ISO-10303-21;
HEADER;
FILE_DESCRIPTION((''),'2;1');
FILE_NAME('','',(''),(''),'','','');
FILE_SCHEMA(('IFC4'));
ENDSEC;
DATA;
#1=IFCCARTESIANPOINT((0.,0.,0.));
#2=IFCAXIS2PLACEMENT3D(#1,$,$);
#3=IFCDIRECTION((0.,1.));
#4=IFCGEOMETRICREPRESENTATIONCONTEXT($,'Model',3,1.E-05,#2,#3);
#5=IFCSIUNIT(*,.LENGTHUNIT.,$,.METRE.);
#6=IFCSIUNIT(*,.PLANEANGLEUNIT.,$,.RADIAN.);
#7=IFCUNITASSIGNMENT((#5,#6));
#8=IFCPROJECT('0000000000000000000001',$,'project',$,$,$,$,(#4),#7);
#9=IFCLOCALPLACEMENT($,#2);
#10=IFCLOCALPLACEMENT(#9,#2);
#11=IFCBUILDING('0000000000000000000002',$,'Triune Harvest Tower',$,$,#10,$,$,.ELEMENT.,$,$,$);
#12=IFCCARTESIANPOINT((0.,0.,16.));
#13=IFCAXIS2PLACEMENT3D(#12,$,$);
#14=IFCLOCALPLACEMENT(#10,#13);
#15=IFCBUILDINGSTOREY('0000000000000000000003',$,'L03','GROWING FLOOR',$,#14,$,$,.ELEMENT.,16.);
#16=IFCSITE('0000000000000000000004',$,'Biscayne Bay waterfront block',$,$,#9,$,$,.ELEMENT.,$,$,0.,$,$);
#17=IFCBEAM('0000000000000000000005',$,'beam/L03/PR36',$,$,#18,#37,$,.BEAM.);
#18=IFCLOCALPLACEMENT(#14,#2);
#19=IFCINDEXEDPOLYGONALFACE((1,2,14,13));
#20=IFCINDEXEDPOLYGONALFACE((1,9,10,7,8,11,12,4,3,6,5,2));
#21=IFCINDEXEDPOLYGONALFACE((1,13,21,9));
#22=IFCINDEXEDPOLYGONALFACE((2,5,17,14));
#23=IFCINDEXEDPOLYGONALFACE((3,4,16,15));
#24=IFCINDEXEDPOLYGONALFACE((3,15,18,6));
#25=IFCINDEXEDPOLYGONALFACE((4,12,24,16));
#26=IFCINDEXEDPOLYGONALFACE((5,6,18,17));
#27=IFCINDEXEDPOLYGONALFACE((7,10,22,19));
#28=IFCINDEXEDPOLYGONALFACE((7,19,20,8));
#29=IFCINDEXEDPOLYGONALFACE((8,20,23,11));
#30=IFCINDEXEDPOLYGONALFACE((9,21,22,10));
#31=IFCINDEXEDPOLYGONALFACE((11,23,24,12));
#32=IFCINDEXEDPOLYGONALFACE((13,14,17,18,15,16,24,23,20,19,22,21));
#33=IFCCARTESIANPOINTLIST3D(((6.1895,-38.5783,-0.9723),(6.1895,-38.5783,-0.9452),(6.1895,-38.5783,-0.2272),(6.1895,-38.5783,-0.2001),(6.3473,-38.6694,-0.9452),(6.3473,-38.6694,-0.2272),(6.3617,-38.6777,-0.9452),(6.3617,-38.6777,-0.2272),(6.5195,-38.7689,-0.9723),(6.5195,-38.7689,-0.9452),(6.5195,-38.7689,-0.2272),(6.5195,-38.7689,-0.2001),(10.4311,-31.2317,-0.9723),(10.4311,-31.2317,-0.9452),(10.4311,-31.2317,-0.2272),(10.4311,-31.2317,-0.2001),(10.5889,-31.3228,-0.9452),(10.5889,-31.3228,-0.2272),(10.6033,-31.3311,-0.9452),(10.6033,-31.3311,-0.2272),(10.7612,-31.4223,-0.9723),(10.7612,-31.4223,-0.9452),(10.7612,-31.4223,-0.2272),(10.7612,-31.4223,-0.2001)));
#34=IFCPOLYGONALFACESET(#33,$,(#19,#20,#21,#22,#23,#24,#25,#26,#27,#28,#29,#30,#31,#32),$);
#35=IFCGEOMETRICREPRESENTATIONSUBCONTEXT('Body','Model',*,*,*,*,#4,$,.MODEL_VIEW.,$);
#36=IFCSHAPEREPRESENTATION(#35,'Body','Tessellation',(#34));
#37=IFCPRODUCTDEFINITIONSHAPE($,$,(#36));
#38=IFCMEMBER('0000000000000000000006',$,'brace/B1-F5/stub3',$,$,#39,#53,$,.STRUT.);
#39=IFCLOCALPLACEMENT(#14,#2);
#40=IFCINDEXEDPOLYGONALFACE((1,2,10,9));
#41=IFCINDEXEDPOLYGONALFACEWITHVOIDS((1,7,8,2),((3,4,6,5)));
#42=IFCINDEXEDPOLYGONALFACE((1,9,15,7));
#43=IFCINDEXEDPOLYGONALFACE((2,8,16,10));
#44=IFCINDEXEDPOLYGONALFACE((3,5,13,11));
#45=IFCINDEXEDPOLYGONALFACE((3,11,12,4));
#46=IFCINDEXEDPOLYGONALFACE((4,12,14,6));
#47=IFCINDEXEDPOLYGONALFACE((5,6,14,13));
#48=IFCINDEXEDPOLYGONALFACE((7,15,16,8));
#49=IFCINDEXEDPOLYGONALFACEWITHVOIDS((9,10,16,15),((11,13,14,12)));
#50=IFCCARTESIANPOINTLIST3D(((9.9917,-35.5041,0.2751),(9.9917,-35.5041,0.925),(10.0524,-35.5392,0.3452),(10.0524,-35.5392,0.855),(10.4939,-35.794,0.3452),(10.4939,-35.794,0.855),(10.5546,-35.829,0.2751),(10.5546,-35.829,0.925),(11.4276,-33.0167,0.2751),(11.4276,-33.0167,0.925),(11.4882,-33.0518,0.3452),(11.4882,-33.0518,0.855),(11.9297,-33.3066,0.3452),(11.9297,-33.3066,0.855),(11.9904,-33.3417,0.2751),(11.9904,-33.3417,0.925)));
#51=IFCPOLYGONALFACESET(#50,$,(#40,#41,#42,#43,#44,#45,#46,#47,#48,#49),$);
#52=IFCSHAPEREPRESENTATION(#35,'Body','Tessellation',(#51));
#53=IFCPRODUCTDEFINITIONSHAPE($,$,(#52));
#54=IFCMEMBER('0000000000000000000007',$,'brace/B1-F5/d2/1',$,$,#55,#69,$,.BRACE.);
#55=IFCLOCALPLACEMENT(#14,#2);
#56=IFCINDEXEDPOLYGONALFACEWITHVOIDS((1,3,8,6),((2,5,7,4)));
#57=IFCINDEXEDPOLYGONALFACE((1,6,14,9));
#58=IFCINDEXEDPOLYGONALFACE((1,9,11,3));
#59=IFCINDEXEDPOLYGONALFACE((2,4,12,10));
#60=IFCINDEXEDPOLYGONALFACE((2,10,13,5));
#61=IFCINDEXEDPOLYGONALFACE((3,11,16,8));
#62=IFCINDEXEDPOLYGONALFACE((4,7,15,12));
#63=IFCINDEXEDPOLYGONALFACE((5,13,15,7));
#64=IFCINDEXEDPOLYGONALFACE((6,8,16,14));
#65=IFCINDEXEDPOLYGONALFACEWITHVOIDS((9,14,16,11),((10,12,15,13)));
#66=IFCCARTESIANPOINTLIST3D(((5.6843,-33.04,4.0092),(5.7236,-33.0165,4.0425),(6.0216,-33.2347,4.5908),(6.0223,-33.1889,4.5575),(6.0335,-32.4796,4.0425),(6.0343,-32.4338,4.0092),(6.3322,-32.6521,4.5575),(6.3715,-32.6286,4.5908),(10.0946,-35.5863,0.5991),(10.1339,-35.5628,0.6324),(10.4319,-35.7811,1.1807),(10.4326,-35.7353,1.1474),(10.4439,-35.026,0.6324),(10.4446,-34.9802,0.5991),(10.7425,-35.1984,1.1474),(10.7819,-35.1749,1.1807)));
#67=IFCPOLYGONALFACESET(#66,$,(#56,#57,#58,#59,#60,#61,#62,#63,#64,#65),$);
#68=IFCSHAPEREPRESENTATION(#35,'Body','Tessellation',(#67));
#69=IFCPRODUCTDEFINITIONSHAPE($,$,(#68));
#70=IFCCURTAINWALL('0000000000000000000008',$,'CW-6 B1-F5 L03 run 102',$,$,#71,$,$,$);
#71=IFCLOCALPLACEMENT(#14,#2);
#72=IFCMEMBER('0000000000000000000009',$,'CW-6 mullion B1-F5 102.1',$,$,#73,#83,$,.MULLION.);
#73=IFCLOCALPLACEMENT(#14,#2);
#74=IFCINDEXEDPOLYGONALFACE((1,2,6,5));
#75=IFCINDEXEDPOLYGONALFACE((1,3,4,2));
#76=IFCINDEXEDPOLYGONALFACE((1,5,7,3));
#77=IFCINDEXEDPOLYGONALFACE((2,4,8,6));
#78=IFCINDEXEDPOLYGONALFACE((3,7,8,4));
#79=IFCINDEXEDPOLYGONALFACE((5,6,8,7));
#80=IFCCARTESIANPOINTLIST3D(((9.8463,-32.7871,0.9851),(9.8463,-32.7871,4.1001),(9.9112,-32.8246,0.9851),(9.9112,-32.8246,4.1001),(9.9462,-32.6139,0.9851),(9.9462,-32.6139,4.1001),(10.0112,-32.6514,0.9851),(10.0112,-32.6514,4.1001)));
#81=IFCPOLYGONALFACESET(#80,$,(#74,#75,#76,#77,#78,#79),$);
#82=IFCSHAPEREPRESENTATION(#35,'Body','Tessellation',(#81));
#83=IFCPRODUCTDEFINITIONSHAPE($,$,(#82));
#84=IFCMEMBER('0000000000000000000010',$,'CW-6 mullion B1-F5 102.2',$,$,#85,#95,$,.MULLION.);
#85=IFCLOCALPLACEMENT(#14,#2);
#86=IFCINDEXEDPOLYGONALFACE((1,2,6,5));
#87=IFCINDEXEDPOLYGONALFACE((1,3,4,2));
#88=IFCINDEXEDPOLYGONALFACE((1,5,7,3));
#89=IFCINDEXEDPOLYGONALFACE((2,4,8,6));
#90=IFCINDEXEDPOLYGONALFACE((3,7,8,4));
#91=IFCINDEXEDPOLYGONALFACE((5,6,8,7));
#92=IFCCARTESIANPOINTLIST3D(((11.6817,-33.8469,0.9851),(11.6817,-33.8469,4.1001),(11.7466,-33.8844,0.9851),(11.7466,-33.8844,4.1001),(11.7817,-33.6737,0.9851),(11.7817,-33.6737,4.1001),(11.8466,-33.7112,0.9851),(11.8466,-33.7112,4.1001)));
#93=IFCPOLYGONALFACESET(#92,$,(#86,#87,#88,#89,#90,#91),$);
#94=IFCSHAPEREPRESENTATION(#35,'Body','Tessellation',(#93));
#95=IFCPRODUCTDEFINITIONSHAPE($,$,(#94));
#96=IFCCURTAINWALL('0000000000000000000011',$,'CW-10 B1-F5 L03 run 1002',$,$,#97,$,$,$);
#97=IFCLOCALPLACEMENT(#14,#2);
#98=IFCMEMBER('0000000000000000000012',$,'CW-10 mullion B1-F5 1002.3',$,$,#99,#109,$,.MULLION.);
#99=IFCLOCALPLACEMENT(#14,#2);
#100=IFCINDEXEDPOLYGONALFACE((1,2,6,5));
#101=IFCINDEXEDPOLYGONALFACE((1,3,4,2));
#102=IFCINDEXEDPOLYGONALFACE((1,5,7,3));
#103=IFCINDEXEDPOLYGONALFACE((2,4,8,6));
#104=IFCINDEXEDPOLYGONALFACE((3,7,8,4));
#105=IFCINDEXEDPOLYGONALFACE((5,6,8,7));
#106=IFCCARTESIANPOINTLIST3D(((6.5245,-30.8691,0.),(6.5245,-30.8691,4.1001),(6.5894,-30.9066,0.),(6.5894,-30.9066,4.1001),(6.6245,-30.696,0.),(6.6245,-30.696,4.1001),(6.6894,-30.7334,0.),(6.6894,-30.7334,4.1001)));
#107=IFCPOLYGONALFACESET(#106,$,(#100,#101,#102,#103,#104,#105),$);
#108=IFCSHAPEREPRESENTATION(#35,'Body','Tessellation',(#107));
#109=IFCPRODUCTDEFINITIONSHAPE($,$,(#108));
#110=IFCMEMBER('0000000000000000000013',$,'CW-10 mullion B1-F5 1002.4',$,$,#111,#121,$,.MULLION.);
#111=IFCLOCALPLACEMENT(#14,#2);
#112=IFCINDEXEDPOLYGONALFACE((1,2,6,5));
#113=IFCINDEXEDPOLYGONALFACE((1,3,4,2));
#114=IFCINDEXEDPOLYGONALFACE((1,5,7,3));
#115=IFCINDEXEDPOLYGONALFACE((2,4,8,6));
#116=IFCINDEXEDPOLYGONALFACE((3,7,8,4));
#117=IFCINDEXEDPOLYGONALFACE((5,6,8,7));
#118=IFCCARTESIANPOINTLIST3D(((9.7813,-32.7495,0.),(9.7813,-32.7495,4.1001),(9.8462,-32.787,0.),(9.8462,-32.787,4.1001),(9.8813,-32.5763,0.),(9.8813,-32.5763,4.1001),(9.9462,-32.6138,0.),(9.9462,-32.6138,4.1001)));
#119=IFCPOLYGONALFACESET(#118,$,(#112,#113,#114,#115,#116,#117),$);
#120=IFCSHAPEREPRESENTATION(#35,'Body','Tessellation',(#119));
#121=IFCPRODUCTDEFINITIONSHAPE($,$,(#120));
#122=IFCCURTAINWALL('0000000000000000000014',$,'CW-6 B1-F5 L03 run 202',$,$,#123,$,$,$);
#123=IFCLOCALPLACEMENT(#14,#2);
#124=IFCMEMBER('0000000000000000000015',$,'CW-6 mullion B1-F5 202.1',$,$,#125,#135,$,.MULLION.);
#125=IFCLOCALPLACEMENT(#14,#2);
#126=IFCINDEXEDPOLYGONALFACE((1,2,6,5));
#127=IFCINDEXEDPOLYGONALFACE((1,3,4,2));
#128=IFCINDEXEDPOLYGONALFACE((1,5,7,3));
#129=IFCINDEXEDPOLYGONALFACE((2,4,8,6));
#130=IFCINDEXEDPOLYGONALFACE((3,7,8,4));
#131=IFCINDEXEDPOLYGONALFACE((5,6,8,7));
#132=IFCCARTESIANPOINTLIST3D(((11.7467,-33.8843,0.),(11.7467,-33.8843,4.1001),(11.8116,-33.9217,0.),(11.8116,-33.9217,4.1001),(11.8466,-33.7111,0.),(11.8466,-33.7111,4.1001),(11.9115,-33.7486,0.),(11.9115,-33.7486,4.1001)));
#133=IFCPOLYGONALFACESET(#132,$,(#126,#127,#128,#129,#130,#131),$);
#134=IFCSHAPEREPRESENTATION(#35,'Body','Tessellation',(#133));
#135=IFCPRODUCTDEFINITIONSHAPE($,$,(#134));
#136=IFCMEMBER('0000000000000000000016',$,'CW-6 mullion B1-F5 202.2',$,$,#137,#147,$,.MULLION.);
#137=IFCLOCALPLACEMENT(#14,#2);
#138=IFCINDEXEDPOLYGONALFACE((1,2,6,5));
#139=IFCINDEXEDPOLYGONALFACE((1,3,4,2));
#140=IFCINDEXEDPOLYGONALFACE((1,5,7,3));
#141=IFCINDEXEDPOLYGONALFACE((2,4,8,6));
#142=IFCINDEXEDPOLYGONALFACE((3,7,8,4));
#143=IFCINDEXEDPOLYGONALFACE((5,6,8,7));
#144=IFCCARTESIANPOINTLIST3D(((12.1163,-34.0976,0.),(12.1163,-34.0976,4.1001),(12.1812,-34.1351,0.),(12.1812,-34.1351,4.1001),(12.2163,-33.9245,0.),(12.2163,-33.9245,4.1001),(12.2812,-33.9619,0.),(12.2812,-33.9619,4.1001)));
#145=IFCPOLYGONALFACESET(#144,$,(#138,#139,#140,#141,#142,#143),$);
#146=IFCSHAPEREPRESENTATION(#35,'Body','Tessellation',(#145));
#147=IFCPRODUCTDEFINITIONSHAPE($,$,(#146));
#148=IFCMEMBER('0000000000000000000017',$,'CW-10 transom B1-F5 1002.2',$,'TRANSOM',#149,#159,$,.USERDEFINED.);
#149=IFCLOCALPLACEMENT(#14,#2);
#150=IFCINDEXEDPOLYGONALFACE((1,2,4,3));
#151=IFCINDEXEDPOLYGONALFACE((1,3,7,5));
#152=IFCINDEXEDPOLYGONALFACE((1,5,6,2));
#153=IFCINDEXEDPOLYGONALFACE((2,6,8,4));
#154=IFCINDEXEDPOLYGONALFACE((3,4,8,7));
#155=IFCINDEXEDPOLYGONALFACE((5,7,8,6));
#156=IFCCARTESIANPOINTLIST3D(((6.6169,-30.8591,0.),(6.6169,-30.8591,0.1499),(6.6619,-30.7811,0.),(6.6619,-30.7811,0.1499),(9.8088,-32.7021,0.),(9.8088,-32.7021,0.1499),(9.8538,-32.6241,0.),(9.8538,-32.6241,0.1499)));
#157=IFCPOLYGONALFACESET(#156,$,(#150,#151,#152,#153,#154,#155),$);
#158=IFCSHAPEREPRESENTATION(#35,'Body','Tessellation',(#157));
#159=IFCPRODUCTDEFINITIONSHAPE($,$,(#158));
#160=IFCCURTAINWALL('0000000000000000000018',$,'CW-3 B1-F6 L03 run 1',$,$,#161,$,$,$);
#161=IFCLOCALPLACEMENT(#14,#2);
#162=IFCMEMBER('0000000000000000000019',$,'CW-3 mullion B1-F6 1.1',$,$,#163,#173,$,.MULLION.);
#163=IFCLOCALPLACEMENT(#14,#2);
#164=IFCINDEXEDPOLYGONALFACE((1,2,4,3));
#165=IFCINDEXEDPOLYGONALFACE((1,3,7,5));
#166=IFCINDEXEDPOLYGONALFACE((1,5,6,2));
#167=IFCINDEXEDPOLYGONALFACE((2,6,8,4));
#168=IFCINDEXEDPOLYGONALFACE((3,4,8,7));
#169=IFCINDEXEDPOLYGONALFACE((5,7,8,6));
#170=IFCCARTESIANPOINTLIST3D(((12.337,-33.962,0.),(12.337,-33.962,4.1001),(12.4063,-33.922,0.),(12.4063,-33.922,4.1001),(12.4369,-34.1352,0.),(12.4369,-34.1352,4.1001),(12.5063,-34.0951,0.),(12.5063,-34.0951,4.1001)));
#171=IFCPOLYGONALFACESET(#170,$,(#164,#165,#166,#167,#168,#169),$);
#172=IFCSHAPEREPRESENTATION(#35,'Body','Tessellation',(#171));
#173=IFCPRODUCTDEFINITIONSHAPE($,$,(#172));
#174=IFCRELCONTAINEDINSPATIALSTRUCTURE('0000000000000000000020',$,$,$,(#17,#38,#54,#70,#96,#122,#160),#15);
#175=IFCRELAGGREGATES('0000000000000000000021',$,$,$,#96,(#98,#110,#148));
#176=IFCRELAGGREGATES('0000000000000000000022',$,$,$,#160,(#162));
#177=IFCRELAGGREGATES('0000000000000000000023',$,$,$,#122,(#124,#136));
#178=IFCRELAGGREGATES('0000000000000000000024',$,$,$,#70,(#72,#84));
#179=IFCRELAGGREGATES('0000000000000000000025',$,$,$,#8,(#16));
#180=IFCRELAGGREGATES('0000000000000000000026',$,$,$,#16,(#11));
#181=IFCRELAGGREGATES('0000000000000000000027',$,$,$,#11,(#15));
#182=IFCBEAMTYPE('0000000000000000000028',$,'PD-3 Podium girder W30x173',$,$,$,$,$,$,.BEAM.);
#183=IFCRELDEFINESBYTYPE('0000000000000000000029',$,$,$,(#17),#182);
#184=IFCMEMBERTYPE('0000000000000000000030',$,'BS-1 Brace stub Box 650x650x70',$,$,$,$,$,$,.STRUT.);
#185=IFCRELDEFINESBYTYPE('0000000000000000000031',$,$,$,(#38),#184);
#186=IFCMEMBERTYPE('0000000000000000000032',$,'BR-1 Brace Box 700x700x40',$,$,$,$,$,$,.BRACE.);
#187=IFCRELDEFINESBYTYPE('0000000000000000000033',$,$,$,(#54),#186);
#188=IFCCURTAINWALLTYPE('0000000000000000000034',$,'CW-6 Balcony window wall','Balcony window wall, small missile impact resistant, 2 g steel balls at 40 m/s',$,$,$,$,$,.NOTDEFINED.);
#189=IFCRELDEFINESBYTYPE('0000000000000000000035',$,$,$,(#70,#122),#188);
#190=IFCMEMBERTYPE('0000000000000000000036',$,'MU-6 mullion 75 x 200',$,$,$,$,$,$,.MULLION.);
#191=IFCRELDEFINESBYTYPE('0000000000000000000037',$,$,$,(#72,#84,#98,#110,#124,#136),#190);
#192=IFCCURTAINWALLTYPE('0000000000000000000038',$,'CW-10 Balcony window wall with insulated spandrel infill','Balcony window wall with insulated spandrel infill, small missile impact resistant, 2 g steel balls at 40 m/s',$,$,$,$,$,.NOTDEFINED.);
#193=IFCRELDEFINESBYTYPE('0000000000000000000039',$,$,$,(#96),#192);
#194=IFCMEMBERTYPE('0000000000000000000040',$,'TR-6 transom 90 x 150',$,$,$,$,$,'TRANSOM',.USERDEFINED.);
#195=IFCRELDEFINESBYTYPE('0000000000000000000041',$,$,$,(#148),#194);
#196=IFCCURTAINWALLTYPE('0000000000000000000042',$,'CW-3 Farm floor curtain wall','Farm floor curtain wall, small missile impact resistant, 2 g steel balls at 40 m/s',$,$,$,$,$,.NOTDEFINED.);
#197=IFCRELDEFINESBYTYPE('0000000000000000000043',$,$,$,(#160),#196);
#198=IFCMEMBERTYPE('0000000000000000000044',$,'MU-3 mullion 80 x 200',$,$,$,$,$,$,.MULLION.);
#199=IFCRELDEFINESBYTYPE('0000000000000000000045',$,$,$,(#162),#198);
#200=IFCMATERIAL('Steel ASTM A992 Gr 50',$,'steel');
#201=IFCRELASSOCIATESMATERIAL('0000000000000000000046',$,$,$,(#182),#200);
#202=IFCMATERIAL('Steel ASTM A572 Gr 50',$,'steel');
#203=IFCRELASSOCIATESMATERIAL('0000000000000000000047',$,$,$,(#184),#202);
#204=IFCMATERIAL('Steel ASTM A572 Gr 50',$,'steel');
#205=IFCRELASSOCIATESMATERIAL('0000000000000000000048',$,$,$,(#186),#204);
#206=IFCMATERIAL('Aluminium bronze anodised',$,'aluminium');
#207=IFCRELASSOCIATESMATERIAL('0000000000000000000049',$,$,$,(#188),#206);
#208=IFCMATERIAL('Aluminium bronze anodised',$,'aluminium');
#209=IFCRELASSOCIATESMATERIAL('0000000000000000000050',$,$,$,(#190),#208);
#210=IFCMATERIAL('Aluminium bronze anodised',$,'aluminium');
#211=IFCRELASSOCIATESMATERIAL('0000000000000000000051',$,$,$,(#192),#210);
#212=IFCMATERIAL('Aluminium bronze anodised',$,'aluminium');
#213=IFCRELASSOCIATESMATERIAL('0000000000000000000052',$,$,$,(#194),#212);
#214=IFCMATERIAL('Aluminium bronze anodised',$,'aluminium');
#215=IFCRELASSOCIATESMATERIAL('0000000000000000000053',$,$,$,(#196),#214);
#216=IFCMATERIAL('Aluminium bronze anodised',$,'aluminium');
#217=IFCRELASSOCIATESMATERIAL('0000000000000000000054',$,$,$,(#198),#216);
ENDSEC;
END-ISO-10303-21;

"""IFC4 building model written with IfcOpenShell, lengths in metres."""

from ifc_helpers import new_model, si_unit, direction, frame, origin, origin_2d, place, context, subcontext, project, spatial, rectangle, hollow_rectangle, i_section, extrude, source, transform, mapped, material, material_profile, profile_set, type_object, element, aggregate, save


model = new_model("IFC4")

# Units and contexts
model_context = context("Model", 3, precision=1e-05, world=origin(), true_north=direction((0.0, 1.0)))
body_context = subcontext(model_context, "Body", "Model", "MODEL_VIEW")
ifc_project = project(units=[si_unit("LENGTHUNIT", "METRE"), si_unit("PLANEANGLEUNIT", "RADIAN")], contexts=[model_context])

# Site, building, storey
site_placement = place(None, origin())
site = spatial("IfcSite", under=ifc_project, at=site_placement, Name="Biscayne Bay waterfront block", CompositionType="ELEMENT", RefElevation=0.0)
building_placement = place(site_placement, origin())
building = spatial("IfcBuilding", under=site, at=building_placement, Name="Triune Harvest Tower", CompositionType="ELEMENT")
storey_placement = place(building_placement, frame((0.0, 0.0, 16.0)))
storey = spatial("IfcBuildingStorey", under=building, at=storey_placement, Name="L03", Description="GROWING FLOOR", CompositionType="ELEMENT", Elevation=16.0)

# Beam
ifc_material_1 = material(Name="Steel ASTM A992 Gr 50", Category="steel")
ifc_material_profile_1 = material_profile(ifc_material_1, i_section(OverallWidth=0.3811, OverallDepth=0.7722, WebThickness=0.0166, FlangeThickness=0.0271, at=origin_2d()), Name="W30x173")
ifc_profile_set_1 = profile_set([ifc_material_profile_1], Name="Steel ASTM A992 Gr 50")
beam_type_1 = type_object("IfcBeamType", Name="PD-3 Podium girder W30x173", PredefinedType="BEAM", material=ifc_profile_set_1)
shared_shape_1 = source(origin(), body_context, "Body", "SweptSolid", [
    extrude(i_section(OverallWidth=0.3811, OverallDepth=0.7722, WebThickness=0.0166, FlangeThickness=0.0271, at=origin_2d()), origin(), (0.0, 0.0, 1.0), 8.4832),
])
beam_1_placement = place(storey_placement, frame((6.3545, -38.6736, -0.5862), z_axis=(0.500008, 0.866021, 0.0), x_axis=(-0.866021, 0.500008, 0.0)))
element("IfcBeam", 1, at=beam_1_placement, inside=storey, type_object=beam_type_1, Name="beam/L03/PR36", PredefinedType="BEAM", context=body_context, shape_type="MappedRepresentation", body=[
    mapped(shared_shape_1, transform((0.0, 0.0, 0.0), scale=1.0)),
])

# Members
ifc_material_2 = material(Name="Steel ASTM A572 Gr 50", Category="steel")
ifc_material_profile_2 = material_profile(ifc_material_2, hollow_rectangle(XDim=0.6499, YDim=0.6499, WallThickness=0.0701, at=origin_2d()), Name="Box 650x650x70")
ifc_profile_set_2 = profile_set([ifc_material_profile_2], Name="Steel ASTM A572 Gr 50")
member_type_1 = type_object("IfcMemberType", Name="BS-1 Brace stub Box 650x650x70", PredefinedType="STRUT", material=ifc_profile_set_2)
shared_shape_2 = source(origin(), body_context, "Body", "SweptSolid", [
    extrude(hollow_rectangle(XDim=0.6499, YDim=0.6499, WallThickness=0.0701, at=origin_2d()), origin(), (0.0, 0.0, 1.0), 2.8721),
])
member_1_placement = place(storey_placement, frame((11.709, -33.1792, 0.6001), z_axis=(-0.499933, -0.866064, 0.0), x_axis=(0.866064, -0.499933, 0.0)))
element("IfcMember", 2, at=member_1_placement, inside=storey, type_object=member_type_1, Name="brace/B1-F5/stub3", PredefinedType="STRUT", context=body_context, shape_type="MappedRepresentation", body=[
    mapped(shared_shape_2, transform((0.0, 0.0, 0.0), scale=1.0)),
])
ifc_material_3 = material(Name="Steel ASTM A572 Gr 50", Category="steel")
ifc_material_profile_3 = material_profile(ifc_material_3, hollow_rectangle(XDim=0.7, YDim=0.7, WallThickness=0.04, at=origin_2d()), Name="Box 700x700x40")
ifc_profile_set_3 = profile_set([ifc_material_profile_3], Name="Steel ASTM A572 Gr 50")
member_type_2 = type_object("IfcMemberType", Name="BR-1 Brace Box 700x700x40", PredefinedType="BRACE", material=ifc_profile_set_3)
shared_shape_3 = source(origin(), body_context, "Body", "SweptSolid", [
    extrude(hollow_rectangle(XDim=0.7, YDim=0.7, WallThickness=0.04, at=origin_2d()), origin(), (0.0, 0.0, 1.0), 6.1289),
])
member_2_placement = place(storey_placement, frame((10.4382, -35.3806, 0.8899), z_axis=(-0.719593, 0.415464, 0.556395), x_axis=(-0.500006, -0.866022, 0.0)))
element("IfcMember", 3, at=member_2_placement, inside=storey, type_object=member_type_2, Name="brace/B1-F5/d2/1", PredefinedType="BRACE", context=body_context, shape_type="MappedRepresentation", body=[
    mapped(shared_shape_3, transform((0.0, 0.0, 0.0), scale=1.0)),
])

# Curtain walls, members
ifc_material_4 = material(Name="Aluminium bronze anodised", Category="aluminium")
curtain_wall_type_1 = type_object("IfcCurtainWallType", Name="CW-6 Balcony window wall", Description="Balcony window wall, small missile impact resistant, 2 g steel balls at 40 m/s", PredefinedType="NOTDEFINED", material=ifc_material_4)
curtain_wall_1_placement = place(storey_placement, origin())
curtain_wall_1 = element("IfcCurtainWall", 4, at=curtain_wall_1_placement, inside=storey, type_object=curtain_wall_type_1, Name="CW-6 B1-F5 L03 run 102")
ifc_material_5 = material(Name="Aluminium bronze anodised", Category="aluminium")
ifc_material_profile_4 = material_profile(ifc_material_5, rectangle(XDim=0.2, YDim=0.075, at=origin_2d()), Name="MU-6 mullion 75 x 200")
ifc_profile_set_4 = profile_set([ifc_material_profile_4], Name="Aluminium bronze anodised")
member_type_3 = type_object("IfcMemberType", Name="MU-6 mullion 75 x 200", PredefinedType="MULLION", material=ifc_profile_set_4)
shared_shape_4 = source(origin(), body_context, "Body", "SweptSolid", [
    extrude(rectangle(XDim=0.2, YDim=0.075, at=origin_2d()), origin(), (0.0, 0.0, 1.0), 3.115),
])
member_3_placement = place(storey_placement, frame((9.9287, -32.7192, 0.9851), z_axis=(0.0, 0.0, 1.0), x_axis=(0.500001, 0.866025, 0.0)))
member_3 = element("IfcMember", 5, at=member_3_placement, type_object=member_type_3, Name="CW-6 mullion B1-F5 102.1", PredefinedType="MULLION", context=body_context, shape_type="MappedRepresentation", body=[
    mapped(shared_shape_4, transform((0.0, 0.0, 0.0), scale=1.0)),
])
member_4_placement = place(storey_placement, frame((11.7642, -33.7791, 0.9851), z_axis=(0.0, 0.0, 1.0), x_axis=(0.500001, 0.866025, 0.0)))
member_4 = element("IfcMember", 6, at=member_4_placement, type_object=member_type_3, Name="CW-6 mullion B1-F5 102.2", PredefinedType="MULLION", context=body_context, shape_type="MappedRepresentation", body=[
    mapped(shared_shape_4, transform((0.0, 0.0, 0.0), scale=1.0)),
])
ifc_material_6 = material(Name="Aluminium bronze anodised", Category="aluminium")
curtain_wall_type_2 = type_object("IfcCurtainWallType", Name="CW-10 Balcony window wall with insulated spandrel infill", Description="Balcony window wall with insulated spandrel infill, small missile impact resistant, 2 g steel balls at 40 m/s", PredefinedType="NOTDEFINED", material=ifc_material_6)
curtain_wall_2_placement = place(storey_placement, origin())
curtain_wall_2 = element("IfcCurtainWall", 7, at=curtain_wall_2_placement, inside=storey, type_object=curtain_wall_type_2, Name="CW-10 B1-F5 L03 run 1002")
shared_shape_5 = source(origin(), body_context, "Body", "SweptSolid", [
    extrude(rectangle(XDim=0.2, YDim=0.075, at=origin_2d()), origin(), (0.0, 0.0, 1.0), 4.1001),
])
member_5_placement = place(storey_placement, frame((6.6069, -30.8013, 0.0), z_axis=(0.0, 0.0, 1.0), x_axis=(0.500007, 0.866021, 0.0)))
member_5 = element("IfcMember", 8, at=member_5_placement, type_object=member_type_3, Name="CW-10 mullion B1-F5 1002.3", PredefinedType="MULLION", context=body_context, shape_type="MappedRepresentation", body=[
    mapped(shared_shape_5, transform((0.0, 0.0, 0.0), scale=1.0)),
])
member_6_placement = place(storey_placement, frame((9.8638, -32.6816, 0.0), z_axis=(0.0, 0.0, 1.0), x_axis=(0.500007, 0.866021, 0.0)))
member_6 = element("IfcMember", 9, at=member_6_placement, type_object=member_type_3, Name="CW-10 mullion B1-F5 1002.4", PredefinedType="MULLION", context=body_context, shape_type="MappedRepresentation", body=[
    mapped(shared_shape_5, transform((0.0, 0.0, 0.0), scale=1.0)),
])
curtain_wall_3_placement = place(storey_placement, origin())
curtain_wall_3 = element("IfcCurtainWall", 10, at=curtain_wall_3_placement, inside=storey, type_object=curtain_wall_type_1, Name="CW-6 B1-F5 L03 run 202")
member_7_placement = place(storey_placement, frame((11.8291, -33.8164, 0.0), z_axis=(0.0, 0.0, 1.0), x_axis=(0.499975, 0.86604, 0.0)))
member_7 = element("IfcMember", 11, at=member_7_placement, type_object=member_type_3, Name="CW-6 mullion B1-F5 202.1", PredefinedType="MULLION", context=body_context, shape_type="MappedRepresentation", body=[
    mapped(shared_shape_5, transform((0.0, 0.0, 0.0), scale=1.0)),
])
member_8_placement = place(storey_placement, frame((12.1987, -34.0298, 0.0), z_axis=(0.0, 0.0, 1.0), x_axis=(0.499975, 0.86604, 0.0)))
member_8 = element("IfcMember", 12, at=member_8_placement, type_object=member_type_3, Name="CW-6 mullion B1-F5 202.2", PredefinedType="MULLION", context=body_context, shape_type="MappedRepresentation", body=[
    mapped(shared_shape_5, transform((0.0, 0.0, 0.0), scale=1.0)),
])

# Member
ifc_material_7 = material(Name="Aluminium bronze anodised", Category="aluminium")
ifc_material_profile_5 = material_profile(ifc_material_7, rectangle(XDim=0.0901, YDim=0.1499, at=origin_2d()), Name="TR-6 transom 90 x 150")
ifc_profile_set_5 = profile_set([ifc_material_profile_5], Name="Aluminium bronze anodised")
member_type_4 = type_object("IfcMemberType", Name="TR-6 transom 90 x 150", ElementType="TRANSOM", PredefinedType="USERDEFINED", material=ifc_profile_set_5)
shared_shape_6 = source(origin(), body_context, "Body", "SweptSolid", [
    extrude(rectangle(XDim=0.0901, YDim=0.1499, at=origin_2d()), origin(), (0.0, 0.0, 1.0), 3.6858),
])
member_9_placement = place(storey_placement, frame((6.6394, -30.8201, 0.075), z_axis=(0.866005, -0.500036, 0.0), x_axis=(0.500036, 0.866005, 0.0)))
member_9 = element("IfcMember", 13, at=member_9_placement, type_object=member_type_4, Name="CW-10 transom B1-F5 1002.2", ObjectType="TRANSOM", PredefinedType="USERDEFINED", context=body_context, shape_type="MappedRepresentation", body=[
    mapped(shared_shape_6, transform((0.0, 0.0, 0.0), scale=1.0)),
])

# Curtain wall, member
ifc_material_8 = material(Name="Aluminium bronze anodised", Category="aluminium")
curtain_wall_type_3 = type_object("IfcCurtainWallType", Name="CW-3 Farm floor curtain wall", Description="Farm floor curtain wall, small missile impact resistant, 2 g steel balls at 40 m/s", PredefinedType="NOTDEFINED", material=ifc_material_8)
curtain_wall_4_placement = place(storey_placement, origin())
curtain_wall_4 = element("IfcCurtainWall", 14, at=curtain_wall_4_placement, inside=storey, type_object=curtain_wall_type_3, Name="CW-3 B1-F6 L03 run 1")
ifc_material_9 = material(Name="Aluminium bronze anodised", Category="aluminium")
ifc_material_profile_6 = material_profile(ifc_material_9, rectangle(XDim=0.2, YDim=0.0801, at=origin_2d()), Name="MU-3 mullion 80 x 200")
ifc_profile_set_6 = profile_set([ifc_material_profile_6], Name="Aluminium bronze anodised")
member_type_5 = type_object("IfcMemberType", Name="MU-3 mullion 80 x 200", PredefinedType="MULLION", material=ifc_profile_set_6)
shared_shape_7 = source(origin(), body_context, "Body", "SweptSolid", [
    extrude(rectangle(XDim=0.2, YDim=0.0801, at=origin_2d()), origin(), (0.0, 0.0, 1.0), 4.1001),
])
member_10_placement = place(storey_placement, frame((12.4216, -34.0286, 0.0), z_axis=(0.0, 0.0, 1.0), x_axis=(-0.499999, 0.866026, 0.0)))
member_10 = element("IfcMember", 15, at=member_10_placement, type_object=member_type_5, Name="CW-3 mullion B1-F6 1.1", PredefinedType="MULLION", context=body_context, shape_type="MappedRepresentation", body=[
    mapped(shared_shape_7, transform((0.0, 0.0, 0.0), scale=1.0)),
])

aggregate(curtain_wall_2, [member_5, member_6, member_9])
aggregate(curtain_wall_4, [member_10])
aggregate(curtain_wall_3, [member_7, member_8])
aggregate(curtain_wall_1, [member_3, member_4])

save(model, "model.ifc")
